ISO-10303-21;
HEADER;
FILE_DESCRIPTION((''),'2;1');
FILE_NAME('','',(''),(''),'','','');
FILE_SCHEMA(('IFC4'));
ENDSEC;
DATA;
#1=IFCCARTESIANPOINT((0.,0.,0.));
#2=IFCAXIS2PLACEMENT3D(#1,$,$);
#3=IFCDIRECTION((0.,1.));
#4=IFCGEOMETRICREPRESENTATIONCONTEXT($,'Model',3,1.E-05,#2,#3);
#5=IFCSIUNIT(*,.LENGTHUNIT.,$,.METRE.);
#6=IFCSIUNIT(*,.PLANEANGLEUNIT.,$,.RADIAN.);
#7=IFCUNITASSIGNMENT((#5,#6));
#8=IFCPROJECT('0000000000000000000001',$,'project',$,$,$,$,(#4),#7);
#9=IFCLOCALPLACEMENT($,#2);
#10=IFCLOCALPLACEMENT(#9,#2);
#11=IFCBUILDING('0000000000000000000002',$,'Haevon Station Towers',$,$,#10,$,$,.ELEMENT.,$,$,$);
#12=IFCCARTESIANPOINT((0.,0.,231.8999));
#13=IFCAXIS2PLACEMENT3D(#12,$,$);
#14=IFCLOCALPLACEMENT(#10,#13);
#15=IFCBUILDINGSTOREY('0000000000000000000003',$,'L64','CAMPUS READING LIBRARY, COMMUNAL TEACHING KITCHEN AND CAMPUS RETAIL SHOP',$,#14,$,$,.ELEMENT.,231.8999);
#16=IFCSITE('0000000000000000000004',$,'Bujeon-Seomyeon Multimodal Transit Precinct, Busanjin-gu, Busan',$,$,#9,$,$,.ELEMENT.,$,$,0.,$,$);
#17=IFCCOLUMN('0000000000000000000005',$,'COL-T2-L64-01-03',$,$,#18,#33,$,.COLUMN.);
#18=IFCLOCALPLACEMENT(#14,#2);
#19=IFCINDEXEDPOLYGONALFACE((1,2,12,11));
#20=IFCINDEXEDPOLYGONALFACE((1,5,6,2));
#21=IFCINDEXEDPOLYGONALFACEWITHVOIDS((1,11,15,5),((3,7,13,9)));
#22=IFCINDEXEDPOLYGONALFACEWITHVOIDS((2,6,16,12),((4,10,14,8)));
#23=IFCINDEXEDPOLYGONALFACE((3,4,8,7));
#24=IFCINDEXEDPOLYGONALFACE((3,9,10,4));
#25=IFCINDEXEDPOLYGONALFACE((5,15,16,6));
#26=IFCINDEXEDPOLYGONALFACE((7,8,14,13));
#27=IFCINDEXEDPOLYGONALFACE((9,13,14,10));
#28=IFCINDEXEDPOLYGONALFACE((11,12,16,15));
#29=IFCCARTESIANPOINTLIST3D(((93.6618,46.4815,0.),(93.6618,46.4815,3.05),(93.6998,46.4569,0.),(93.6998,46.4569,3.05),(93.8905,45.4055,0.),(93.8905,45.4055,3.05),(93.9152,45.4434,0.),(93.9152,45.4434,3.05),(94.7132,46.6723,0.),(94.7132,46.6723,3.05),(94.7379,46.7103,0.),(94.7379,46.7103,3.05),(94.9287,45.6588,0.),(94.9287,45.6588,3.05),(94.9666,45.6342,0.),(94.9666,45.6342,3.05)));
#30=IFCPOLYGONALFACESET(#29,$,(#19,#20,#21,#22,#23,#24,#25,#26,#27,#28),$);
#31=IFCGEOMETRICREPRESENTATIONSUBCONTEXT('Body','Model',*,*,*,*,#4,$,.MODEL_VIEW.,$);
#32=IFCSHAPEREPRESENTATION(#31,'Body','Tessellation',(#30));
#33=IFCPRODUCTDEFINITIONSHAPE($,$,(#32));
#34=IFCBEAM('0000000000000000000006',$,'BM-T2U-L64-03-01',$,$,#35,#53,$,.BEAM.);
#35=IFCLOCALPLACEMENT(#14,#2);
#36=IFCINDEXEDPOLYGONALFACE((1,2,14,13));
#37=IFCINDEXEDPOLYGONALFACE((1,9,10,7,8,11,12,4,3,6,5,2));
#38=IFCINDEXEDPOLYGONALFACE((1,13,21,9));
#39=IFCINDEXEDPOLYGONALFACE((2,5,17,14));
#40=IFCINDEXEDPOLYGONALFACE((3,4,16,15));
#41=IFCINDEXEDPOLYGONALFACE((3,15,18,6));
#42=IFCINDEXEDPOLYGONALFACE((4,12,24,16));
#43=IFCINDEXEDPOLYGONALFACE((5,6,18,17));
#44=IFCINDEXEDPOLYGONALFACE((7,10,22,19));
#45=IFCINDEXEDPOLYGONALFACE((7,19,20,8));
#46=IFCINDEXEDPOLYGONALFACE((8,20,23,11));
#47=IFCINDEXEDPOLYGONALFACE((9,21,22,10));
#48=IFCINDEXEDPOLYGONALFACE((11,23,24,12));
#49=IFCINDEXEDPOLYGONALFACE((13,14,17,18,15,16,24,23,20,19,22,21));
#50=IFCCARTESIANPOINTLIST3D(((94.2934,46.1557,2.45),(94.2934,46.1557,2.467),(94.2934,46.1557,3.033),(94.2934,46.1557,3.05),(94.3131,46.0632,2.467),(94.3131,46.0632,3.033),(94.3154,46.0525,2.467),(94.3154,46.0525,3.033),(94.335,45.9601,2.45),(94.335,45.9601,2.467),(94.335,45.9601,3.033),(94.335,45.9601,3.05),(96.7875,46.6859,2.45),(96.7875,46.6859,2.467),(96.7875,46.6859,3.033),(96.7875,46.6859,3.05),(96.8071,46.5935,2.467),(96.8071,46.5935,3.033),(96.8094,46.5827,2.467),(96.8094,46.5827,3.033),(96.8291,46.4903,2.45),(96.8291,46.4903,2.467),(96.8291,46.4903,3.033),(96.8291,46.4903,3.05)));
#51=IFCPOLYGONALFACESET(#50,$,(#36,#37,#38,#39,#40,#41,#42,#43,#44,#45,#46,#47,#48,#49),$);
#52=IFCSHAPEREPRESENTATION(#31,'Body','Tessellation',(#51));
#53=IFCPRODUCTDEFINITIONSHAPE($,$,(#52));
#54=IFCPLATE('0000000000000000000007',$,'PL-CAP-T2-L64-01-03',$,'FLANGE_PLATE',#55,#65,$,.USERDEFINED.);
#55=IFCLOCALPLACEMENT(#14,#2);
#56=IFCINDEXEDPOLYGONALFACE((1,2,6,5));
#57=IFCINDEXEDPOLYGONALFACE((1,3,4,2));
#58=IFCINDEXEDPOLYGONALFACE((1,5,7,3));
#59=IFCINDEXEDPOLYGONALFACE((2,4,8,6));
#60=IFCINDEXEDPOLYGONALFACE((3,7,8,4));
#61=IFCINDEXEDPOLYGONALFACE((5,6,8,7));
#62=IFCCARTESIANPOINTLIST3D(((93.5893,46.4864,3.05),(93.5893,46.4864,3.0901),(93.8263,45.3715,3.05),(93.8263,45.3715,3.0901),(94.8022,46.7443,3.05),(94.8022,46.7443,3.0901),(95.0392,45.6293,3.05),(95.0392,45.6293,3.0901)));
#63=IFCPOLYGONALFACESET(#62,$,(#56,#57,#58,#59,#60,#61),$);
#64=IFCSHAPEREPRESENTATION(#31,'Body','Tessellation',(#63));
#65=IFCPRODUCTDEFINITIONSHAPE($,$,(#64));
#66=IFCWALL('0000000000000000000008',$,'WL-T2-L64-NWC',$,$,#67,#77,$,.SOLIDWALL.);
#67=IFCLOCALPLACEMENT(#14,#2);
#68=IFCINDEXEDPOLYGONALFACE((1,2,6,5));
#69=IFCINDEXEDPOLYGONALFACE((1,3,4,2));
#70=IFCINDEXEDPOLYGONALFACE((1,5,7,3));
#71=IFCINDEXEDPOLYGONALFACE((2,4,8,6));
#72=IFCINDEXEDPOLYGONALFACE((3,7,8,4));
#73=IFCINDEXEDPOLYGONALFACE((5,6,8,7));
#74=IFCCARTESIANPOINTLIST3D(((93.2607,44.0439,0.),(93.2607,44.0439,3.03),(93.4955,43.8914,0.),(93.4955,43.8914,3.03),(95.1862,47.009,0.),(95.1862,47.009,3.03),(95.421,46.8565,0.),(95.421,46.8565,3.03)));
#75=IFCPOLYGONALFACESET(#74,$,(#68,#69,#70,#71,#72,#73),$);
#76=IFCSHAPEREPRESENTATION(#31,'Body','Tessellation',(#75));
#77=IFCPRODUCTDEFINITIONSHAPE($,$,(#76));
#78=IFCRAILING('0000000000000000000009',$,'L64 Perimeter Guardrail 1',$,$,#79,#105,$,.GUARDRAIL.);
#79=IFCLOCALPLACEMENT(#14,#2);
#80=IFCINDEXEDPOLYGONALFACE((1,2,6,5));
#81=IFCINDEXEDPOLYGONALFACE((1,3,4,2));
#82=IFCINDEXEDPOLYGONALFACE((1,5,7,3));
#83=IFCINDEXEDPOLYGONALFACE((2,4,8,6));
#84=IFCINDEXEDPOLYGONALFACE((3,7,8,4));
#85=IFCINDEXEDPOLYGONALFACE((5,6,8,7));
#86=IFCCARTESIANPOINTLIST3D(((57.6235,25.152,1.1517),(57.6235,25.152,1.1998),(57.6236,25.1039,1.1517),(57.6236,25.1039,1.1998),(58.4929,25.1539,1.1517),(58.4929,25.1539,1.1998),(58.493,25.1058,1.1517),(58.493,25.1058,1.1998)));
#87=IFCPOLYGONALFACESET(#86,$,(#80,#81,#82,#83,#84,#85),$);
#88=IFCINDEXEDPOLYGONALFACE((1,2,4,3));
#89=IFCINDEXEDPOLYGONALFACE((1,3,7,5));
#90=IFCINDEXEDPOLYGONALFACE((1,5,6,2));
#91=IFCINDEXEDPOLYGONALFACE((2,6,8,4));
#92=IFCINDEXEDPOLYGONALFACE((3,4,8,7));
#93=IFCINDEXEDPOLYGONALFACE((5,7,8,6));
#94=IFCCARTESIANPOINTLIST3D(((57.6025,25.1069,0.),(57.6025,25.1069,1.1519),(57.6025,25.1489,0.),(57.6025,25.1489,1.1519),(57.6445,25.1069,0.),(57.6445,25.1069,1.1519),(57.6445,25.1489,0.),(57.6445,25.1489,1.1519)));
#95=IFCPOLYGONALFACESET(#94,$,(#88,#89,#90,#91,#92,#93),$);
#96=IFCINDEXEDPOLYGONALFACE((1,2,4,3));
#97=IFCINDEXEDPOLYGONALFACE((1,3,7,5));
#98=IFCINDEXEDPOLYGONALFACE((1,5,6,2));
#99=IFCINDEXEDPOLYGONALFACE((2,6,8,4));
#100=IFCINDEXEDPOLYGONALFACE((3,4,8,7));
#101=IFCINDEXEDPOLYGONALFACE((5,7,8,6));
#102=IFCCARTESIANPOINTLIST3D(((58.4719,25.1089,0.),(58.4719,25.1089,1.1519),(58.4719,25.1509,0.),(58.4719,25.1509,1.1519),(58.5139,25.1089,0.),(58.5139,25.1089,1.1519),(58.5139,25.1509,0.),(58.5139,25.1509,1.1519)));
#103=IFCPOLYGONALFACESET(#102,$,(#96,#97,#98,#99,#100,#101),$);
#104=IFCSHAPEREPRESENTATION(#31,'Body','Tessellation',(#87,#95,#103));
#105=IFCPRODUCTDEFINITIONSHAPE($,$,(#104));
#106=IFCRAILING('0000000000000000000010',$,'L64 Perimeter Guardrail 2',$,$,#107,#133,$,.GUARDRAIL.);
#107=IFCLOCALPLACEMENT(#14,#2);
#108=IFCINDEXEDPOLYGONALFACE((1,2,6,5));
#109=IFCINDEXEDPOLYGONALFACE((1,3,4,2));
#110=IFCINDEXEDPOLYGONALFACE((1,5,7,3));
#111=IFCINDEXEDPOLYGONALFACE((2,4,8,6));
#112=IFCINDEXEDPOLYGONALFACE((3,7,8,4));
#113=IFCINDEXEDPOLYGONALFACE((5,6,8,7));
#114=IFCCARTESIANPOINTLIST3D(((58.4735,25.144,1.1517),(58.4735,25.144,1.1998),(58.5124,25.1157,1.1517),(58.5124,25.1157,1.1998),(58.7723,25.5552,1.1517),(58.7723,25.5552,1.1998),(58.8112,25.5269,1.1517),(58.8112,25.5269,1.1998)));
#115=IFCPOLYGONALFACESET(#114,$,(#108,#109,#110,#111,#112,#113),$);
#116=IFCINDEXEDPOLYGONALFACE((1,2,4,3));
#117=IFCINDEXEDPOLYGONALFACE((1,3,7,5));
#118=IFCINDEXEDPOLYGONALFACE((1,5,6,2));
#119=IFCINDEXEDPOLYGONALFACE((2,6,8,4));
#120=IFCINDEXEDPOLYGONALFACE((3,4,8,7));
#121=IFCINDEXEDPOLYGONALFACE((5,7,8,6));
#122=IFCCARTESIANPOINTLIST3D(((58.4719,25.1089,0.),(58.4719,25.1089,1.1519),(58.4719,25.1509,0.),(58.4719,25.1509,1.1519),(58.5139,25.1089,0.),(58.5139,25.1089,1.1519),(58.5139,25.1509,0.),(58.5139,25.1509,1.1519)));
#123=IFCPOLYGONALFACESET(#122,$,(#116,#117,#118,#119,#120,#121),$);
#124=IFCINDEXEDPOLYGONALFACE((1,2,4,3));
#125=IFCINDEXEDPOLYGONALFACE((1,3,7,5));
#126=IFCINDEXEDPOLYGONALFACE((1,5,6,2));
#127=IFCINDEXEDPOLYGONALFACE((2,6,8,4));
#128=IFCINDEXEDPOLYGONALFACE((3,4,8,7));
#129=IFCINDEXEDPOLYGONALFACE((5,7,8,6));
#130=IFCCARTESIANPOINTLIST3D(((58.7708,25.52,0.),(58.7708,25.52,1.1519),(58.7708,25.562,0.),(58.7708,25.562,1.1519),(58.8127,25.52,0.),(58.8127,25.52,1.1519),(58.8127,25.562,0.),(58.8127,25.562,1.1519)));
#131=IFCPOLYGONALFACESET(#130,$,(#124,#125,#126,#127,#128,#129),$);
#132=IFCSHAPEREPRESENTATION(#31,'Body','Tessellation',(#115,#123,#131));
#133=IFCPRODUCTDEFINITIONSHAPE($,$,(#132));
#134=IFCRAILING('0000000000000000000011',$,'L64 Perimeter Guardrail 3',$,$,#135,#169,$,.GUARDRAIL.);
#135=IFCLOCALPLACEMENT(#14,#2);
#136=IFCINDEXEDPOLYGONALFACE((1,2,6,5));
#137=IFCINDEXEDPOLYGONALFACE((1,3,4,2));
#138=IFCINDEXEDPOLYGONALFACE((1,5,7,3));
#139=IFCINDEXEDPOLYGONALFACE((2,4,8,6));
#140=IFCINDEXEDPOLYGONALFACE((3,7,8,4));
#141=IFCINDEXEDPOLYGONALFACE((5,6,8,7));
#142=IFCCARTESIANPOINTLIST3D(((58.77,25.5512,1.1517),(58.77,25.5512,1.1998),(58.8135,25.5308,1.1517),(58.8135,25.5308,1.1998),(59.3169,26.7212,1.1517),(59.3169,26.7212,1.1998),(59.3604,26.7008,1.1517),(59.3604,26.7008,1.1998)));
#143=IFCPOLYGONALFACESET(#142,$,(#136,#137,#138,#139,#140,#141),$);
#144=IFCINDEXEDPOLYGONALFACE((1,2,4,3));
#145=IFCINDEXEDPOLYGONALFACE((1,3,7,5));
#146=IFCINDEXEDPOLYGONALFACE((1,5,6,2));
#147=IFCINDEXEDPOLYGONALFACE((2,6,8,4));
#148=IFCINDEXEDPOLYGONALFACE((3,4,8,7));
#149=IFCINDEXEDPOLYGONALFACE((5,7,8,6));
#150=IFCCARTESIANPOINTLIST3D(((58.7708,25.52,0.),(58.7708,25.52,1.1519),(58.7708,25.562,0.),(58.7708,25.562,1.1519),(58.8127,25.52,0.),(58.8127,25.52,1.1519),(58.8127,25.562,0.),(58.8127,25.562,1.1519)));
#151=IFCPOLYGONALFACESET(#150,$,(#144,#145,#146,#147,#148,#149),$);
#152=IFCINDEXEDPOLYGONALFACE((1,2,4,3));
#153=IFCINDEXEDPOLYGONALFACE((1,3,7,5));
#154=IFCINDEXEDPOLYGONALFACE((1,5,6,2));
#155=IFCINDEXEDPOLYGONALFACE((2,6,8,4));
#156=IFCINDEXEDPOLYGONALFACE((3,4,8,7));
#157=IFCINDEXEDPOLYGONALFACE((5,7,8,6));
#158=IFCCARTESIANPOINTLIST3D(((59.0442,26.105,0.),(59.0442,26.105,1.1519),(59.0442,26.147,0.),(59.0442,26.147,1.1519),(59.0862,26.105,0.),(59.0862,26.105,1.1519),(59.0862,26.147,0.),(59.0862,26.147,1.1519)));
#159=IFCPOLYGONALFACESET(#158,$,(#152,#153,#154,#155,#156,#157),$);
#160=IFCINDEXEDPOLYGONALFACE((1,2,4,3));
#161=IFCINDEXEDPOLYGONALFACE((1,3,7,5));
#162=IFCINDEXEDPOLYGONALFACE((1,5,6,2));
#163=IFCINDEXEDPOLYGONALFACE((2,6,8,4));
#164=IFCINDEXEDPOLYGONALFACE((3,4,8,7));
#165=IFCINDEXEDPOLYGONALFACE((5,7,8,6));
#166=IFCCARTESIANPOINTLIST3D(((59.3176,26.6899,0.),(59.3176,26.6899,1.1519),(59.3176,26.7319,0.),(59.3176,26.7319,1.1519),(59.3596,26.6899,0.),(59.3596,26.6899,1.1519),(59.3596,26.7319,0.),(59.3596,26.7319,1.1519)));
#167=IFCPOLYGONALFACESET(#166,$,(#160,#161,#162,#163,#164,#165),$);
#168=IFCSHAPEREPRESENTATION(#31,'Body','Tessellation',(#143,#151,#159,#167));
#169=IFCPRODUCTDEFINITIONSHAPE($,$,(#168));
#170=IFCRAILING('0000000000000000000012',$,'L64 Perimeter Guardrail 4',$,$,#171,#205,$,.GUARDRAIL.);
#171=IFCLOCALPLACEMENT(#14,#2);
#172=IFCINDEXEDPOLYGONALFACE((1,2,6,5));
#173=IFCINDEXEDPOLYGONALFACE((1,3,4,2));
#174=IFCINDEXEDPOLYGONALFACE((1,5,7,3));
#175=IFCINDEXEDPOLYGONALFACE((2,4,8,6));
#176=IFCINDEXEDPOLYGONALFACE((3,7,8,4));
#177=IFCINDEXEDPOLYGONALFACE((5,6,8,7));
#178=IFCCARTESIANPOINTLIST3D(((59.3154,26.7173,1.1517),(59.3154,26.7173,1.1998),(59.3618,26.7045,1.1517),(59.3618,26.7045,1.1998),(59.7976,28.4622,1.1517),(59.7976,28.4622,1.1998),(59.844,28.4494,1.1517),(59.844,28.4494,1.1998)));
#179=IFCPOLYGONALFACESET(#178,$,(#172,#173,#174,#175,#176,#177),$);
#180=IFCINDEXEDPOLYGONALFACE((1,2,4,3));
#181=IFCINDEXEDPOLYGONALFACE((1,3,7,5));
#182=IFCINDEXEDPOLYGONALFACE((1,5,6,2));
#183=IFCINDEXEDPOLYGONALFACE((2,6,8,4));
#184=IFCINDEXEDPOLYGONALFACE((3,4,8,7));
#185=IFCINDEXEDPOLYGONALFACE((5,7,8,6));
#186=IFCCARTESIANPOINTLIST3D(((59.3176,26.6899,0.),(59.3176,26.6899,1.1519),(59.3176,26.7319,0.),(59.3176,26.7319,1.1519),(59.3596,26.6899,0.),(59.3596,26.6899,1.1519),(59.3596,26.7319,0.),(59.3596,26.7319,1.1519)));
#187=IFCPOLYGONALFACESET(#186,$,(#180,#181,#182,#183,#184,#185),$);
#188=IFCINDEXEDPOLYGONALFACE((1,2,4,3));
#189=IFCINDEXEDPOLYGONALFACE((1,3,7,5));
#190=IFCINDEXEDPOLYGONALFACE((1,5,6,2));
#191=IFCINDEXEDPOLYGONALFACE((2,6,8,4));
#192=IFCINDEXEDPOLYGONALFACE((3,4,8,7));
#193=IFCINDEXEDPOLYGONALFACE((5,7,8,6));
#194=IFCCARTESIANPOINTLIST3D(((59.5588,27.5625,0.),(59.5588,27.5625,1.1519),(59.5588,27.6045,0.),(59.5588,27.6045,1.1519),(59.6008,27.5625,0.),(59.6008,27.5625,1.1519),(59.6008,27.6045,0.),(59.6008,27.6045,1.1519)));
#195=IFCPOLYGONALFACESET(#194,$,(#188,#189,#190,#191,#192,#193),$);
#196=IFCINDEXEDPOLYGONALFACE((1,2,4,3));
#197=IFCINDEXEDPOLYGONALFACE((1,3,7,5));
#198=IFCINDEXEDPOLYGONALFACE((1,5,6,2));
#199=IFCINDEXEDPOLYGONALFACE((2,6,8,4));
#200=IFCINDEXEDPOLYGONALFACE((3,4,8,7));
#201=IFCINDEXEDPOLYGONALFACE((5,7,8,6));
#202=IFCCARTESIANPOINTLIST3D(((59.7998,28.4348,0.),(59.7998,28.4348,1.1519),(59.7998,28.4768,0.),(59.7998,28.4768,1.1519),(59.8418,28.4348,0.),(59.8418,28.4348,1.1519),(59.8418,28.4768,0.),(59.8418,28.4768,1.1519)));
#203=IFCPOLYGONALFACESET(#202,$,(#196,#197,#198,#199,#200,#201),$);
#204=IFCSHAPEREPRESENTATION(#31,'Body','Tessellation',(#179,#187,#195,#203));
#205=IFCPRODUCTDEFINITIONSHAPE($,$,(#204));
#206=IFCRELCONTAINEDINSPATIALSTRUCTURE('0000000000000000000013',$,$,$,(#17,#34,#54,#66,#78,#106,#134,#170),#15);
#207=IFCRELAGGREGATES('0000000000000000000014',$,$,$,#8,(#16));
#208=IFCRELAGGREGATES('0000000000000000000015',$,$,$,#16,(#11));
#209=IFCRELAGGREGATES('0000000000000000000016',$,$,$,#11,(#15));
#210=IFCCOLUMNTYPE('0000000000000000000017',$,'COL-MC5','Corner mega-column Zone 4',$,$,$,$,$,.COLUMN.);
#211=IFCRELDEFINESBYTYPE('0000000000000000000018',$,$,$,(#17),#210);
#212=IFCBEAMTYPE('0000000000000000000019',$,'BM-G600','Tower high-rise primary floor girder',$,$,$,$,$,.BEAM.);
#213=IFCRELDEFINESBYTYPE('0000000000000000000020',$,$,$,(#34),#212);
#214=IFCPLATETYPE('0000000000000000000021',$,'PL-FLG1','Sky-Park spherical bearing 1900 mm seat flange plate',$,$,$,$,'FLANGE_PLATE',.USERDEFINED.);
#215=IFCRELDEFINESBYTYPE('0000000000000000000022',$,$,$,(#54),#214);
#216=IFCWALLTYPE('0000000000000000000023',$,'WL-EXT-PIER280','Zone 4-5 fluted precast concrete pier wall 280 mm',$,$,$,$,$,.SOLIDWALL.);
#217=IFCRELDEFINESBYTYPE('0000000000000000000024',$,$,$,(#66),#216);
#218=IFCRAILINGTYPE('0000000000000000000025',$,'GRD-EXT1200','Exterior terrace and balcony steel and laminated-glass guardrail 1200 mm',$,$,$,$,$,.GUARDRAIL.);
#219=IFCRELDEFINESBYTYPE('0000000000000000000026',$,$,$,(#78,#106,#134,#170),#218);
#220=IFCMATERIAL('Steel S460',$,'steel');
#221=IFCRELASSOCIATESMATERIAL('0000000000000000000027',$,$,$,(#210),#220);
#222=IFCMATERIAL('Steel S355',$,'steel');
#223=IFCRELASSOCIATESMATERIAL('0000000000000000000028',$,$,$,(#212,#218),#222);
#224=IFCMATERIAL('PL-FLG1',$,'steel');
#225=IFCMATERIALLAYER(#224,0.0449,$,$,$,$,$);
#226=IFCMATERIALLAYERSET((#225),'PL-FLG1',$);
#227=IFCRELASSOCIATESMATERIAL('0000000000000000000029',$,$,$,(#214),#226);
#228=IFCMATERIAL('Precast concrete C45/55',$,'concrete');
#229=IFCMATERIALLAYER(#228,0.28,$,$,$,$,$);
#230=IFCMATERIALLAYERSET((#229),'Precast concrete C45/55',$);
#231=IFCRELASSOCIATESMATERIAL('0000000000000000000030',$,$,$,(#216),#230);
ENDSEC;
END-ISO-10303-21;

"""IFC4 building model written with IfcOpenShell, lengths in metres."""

from ifc_helpers import new_model, si_unit, direction, frame, frame_2d, origin, origin_2d, place, context, subcontext, project, spatial, rectangle, hollow_rectangle, i_section, extrude, material, layer, layer_set, material_profile, profile_set, type_object, element, save


model = new_model("IFC4")

# Units and contexts
model_context = context("Model", 3, precision=1e-05, world=origin(), true_north=direction((0.0, 1.0)))
body_context = subcontext(model_context, "Body", "Model", "MODEL_VIEW")
ifc_project = project(units=[si_unit("LENGTHUNIT", "METRE"), si_unit("PLANEANGLEUNIT", "RADIAN")], contexts=[model_context])

# Site, building, storey
site_placement = place(None, origin())
site = spatial("IfcSite", under=ifc_project, at=site_placement, Name="Bujeon-Seomyeon Multimodal Transit Precinct, Busanjin-gu, Busan", CompositionType="ELEMENT", RefElevation=0.0)
building_placement = place(site_placement, origin())
building = spatial("IfcBuilding", under=site, at=building_placement, Name="Haevon Station Towers", CompositionType="ELEMENT")
storey_placement = place(building_placement, frame((0.0, 0.0, 231.8999)))
storey = spatial("IfcBuildingStorey", under=building, at=storey_placement, Name="L64", Description="CAMPUS READING LIBRARY, COMMUNAL TEACHING KITCHEN AND CAMPUS RETAIL SHOP", CompositionType="ELEMENT", Elevation=231.8999)

# Column
ifc_material_1 = material(Name="Steel S460", Category="steel")
ifc_material_profile_1 = material_profile(ifc_material_1, hollow_rectangle(XDim=1.1001, YDim=1.1001, WallThickness=0.032, at=origin_2d()), Name="BOX-1100x1100x32")
ifc_profile_set_1 = profile_set([ifc_material_profile_1], Name="Steel S460")
column_type = type_object("IfcColumnType", Name="COL-MC5", Description="Corner mega-column Zone 4", PredefinedType="COLUMN", material=ifc_profile_set_1)
column_placement = place(storey_placement, frame((94.3142, 46.0579, 0.0), z_axis=(0.0, 0.0, 1.0), x_axis=(0.978148, 0.207912, 0.0)))
element("IfcColumn", 1, at=column_placement, inside=storey, type_object=column_type, Name="COL-T2-L64-01-03", PredefinedType="COLUMN", context=body_context, shape_type="SweptSolid", body=[
    extrude(hollow_rectangle(XDim=1.1001, YDim=1.1001, WallThickness=0.032, at=origin_2d()), origin(), (0.0, 0.0, 1.0), 3.05),
])

# Beam
ifc_material_2 = material(Name="Steel S355", Category="steel")
ifc_material_profile_2 = material_profile(ifc_material_2, i_section(OverallWidth=0.2, OverallDepth=0.6001, WebThickness=0.011, FlangeThickness=0.0171, at=origin_2d()), Name="H-600x200x11x17")
ifc_profile_set_2 = profile_set([ifc_material_profile_2], Name="Steel S355")
beam_type = type_object("IfcBeamType", Name="BM-G600", Description="Tower high-rise primary floor girder", PredefinedType="BEAM", material=ifc_profile_set_2)
beam_placement = place(storey_placement, frame((94.3142, 46.0579, 2.75), z_axis=(0.978137, 0.20796, 0.0), x_axis=(-0.20796, 0.978137, 0.0)))
element("IfcBeam", 2, at=beam_placement, inside=storey, type_object=beam_type, Name="BM-T2U-L64-03-01", PredefinedType="BEAM", context=body_context, shape_type="SweptSolid", body=[
    extrude(i_section(OverallWidth=0.2, OverallDepth=0.6001, WebThickness=0.011, FlangeThickness=0.0171, at=origin_2d()), origin(), (0.0, 0.0, 1.0), 2.5498),
])

# Plate
ifc_material_3 = material(Name="PL-FLG1", Category="steel")
ifc_layer_1 = layer(ifc_material_3, 0.0449)
ifc_layer_set_1 = layer_set([ifc_layer_1], Name="PL-FLG1")
plate_type = type_object("IfcPlateType", Name="PL-FLG1", Description="Sky-Park spherical bearing 1900 mm seat flange plate", ElementType="FLANGE_PLATE", PredefinedType="USERDEFINED", material=ifc_layer_set_1)
plate_placement = place(storey_placement, frame((94.3142, 46.0579, 3.05), z_axis=(0.0, 0.0, 1.0), x_axis=(0.978148, 0.207912, 0.0)))
element("IfcPlate", 3, at=plate_placement, inside=storey, type_object=plate_type, Name="PL-CAP-T2-L64-01-03", ObjectType="FLANGE_PLATE", PredefinedType="USERDEFINED", context=body_context, shape_type="SweptSolid", body=[
    extrude(rectangle(XDim=1.24, YDim=1.1399, at=origin_2d()), origin(), (0.0, 0.0, 1.0), 0.04),
])

# Wall
ifc_material_4 = material(Name="Precast concrete C45/55", Category="concrete")
ifc_layer_2 = layer(ifc_material_4, 0.28)
ifc_layer_set_2 = layer_set([ifc_layer_2], Name="Precast concrete C45/55")
wall_type = type_object("IfcWallType", Name="WL-EXT-PIER280", Description="Zone 4-5 fluted precast concrete pier wall 280 mm", PredefinedType="SOLIDWALL", material=ifc_layer_set_2)
wall_placement = place(storey_placement, frame((93.3782, 43.9678, 0.0), z_axis=(0.0, 0.0, 1.0), x_axis=(0.544636, 0.838672, 0.0)))
element("IfcWall", 4, at=wall_placement, inside=storey, type_object=wall_type, Name="WL-T2-L64-NWC", PredefinedType="SOLIDWALL", context=body_context, shape_type="SweptSolid", body=[
    extrude(rectangle(XDim=3.5354, YDim=0.28, at=frame_2d((1.7676, 0.0))), origin(), (0.0, 0.0, 1.0), 3.03),
])

# Railings
railing_type = type_object("IfcRailingType", Name="GRD-EXT1200", Description="Exterior terrace and balcony steel and laminated-glass guardrail 1200 mm", PredefinedType="GUARDRAIL", material=ifc_material_2)
railing_1_placement = place(storey_placement, frame((57.6235, 25.1279, 0.0)))
element("IfcRailing", 5, at=railing_1_placement, inside=storey, type_object=railing_type, Name="L64 Perimeter Guardrail 1", PredefinedType="GUARDRAIL", context=body_context, shape_type="SweptSolid", body=[
    extrude(rectangle(XDim=0.0481, YDim=0.0481, at=origin_2d()), frame((0.0, 0.0, 1.1758), z_axis=(0.999997, 0.002247, 0.0), x_axis=(-0.002247, 0.999997, 0.0)), (0.0, 0.0, 1.0), 0.8694),
    extrude(rectangle(XDim=0.042, YDim=0.042, at=origin_2d()), origin(), (0.0, 0.0, 1.0), 1.1519),
    extrude(rectangle(XDim=0.042, YDim=0.042, at=origin_2d()), frame((0.8694, 0.002, 0.0)), (0.0, 0.0, 1.0), 1.1519),
])
railing_2_placement = place(storey_placement, frame((58.4929, 25.1299, 0.0)))
element("IfcRailing", 6, at=railing_2_placement, inside=storey, type_object=railing_type, Name="L64 Perimeter Guardrail 2", PredefinedType="GUARDRAIL", context=body_context, shape_type="SweptSolid", body=[
    extrude(rectangle(XDim=0.0481, YDim=0.0481, at=origin_2d()), frame((0.0, 0.0, 1.1758), z_axis=(0.587943, 0.808902, 0.0), x_axis=(-0.808902, 0.587943, 0.0)), (0.0, 0.0, 1.0), 0.5083),
    extrude(rectangle(XDim=0.042, YDim=0.042, at=origin_2d()), origin(), (0.0, 0.0, 1.0), 1.1519),
    extrude(rectangle(XDim=0.042, YDim=0.042, at=origin_2d()), frame((0.2988, 0.4111, 0.0)), (0.0, 0.0, 1.0), 1.1519),
])
railing_3_placement = place(storey_placement, frame((58.7917, 25.541, 0.0)))
element("IfcRailing", 7, at=railing_3_placement, inside=storey, type_object=railing_type, Name="L64 Perimeter Guardrail 3", PredefinedType="GUARDRAIL", context=body_context, shape_type="SweptSolid", body=[
    extrude(rectangle(XDim=0.0481, YDim=0.0481, at=origin_2d()), frame((0.0, 0.0, 1.1758), z_axis=(0.423465, 0.905912, 0.0), x_axis=(-0.905912, 0.423465, 0.0)), (0.0, 0.0, 1.0), 1.2915),
    extrude(rectangle(XDim=0.042, YDim=0.042, at=origin_2d()), origin(), (0.0, 0.0, 1.0), 1.1519),
    extrude(rectangle(XDim=0.042, YDim=0.042, at=origin_2d()), frame((0.2734, 0.585, 0.0)), (0.0, 0.0, 1.0), 1.1519),
    extrude(rectangle(XDim=0.042, YDim=0.042, at=origin_2d()), frame((0.5469, 1.1699, 0.0)), (0.0, 0.0, 1.0), 1.1519),
])
railing_4_placement = place(storey_placement, frame((59.3386, 26.7109, 0.0)))
element("IfcRailing", 8, at=railing_4_placement, inside=storey, type_object=railing_type, Name="L64 Perimeter Guardrail 4", PredefinedType="GUARDRAIL", context=body_context, shape_type="SweptSolid", body=[
    extrude(rectangle(XDim=0.0481, YDim=0.0481, at=origin_2d()), frame((0.0, 0.0, 1.1758), z_axis=(0.266357, 0.963874, 0.0), x_axis=(-0.963874, 0.266357, 0.0)), (0.0, 0.0, 1.0), 1.8103),
    extrude(rectangle(XDim=0.042, YDim=0.042, at=origin_2d()), origin(), (0.0, 0.0, 1.0), 1.1519),
    extrude(rectangle(XDim=0.042, YDim=0.042, at=origin_2d()), frame((0.2412, 0.8726, 0.0)), (0.0, 0.0, 1.0), 1.1519),
    extrude(rectangle(XDim=0.042, YDim=0.042, at=origin_2d()), frame((0.4822, 1.7449, 0.0)), (0.0, 0.0, 1.0), 1.1519),
])

save(model, "model.ifc")
